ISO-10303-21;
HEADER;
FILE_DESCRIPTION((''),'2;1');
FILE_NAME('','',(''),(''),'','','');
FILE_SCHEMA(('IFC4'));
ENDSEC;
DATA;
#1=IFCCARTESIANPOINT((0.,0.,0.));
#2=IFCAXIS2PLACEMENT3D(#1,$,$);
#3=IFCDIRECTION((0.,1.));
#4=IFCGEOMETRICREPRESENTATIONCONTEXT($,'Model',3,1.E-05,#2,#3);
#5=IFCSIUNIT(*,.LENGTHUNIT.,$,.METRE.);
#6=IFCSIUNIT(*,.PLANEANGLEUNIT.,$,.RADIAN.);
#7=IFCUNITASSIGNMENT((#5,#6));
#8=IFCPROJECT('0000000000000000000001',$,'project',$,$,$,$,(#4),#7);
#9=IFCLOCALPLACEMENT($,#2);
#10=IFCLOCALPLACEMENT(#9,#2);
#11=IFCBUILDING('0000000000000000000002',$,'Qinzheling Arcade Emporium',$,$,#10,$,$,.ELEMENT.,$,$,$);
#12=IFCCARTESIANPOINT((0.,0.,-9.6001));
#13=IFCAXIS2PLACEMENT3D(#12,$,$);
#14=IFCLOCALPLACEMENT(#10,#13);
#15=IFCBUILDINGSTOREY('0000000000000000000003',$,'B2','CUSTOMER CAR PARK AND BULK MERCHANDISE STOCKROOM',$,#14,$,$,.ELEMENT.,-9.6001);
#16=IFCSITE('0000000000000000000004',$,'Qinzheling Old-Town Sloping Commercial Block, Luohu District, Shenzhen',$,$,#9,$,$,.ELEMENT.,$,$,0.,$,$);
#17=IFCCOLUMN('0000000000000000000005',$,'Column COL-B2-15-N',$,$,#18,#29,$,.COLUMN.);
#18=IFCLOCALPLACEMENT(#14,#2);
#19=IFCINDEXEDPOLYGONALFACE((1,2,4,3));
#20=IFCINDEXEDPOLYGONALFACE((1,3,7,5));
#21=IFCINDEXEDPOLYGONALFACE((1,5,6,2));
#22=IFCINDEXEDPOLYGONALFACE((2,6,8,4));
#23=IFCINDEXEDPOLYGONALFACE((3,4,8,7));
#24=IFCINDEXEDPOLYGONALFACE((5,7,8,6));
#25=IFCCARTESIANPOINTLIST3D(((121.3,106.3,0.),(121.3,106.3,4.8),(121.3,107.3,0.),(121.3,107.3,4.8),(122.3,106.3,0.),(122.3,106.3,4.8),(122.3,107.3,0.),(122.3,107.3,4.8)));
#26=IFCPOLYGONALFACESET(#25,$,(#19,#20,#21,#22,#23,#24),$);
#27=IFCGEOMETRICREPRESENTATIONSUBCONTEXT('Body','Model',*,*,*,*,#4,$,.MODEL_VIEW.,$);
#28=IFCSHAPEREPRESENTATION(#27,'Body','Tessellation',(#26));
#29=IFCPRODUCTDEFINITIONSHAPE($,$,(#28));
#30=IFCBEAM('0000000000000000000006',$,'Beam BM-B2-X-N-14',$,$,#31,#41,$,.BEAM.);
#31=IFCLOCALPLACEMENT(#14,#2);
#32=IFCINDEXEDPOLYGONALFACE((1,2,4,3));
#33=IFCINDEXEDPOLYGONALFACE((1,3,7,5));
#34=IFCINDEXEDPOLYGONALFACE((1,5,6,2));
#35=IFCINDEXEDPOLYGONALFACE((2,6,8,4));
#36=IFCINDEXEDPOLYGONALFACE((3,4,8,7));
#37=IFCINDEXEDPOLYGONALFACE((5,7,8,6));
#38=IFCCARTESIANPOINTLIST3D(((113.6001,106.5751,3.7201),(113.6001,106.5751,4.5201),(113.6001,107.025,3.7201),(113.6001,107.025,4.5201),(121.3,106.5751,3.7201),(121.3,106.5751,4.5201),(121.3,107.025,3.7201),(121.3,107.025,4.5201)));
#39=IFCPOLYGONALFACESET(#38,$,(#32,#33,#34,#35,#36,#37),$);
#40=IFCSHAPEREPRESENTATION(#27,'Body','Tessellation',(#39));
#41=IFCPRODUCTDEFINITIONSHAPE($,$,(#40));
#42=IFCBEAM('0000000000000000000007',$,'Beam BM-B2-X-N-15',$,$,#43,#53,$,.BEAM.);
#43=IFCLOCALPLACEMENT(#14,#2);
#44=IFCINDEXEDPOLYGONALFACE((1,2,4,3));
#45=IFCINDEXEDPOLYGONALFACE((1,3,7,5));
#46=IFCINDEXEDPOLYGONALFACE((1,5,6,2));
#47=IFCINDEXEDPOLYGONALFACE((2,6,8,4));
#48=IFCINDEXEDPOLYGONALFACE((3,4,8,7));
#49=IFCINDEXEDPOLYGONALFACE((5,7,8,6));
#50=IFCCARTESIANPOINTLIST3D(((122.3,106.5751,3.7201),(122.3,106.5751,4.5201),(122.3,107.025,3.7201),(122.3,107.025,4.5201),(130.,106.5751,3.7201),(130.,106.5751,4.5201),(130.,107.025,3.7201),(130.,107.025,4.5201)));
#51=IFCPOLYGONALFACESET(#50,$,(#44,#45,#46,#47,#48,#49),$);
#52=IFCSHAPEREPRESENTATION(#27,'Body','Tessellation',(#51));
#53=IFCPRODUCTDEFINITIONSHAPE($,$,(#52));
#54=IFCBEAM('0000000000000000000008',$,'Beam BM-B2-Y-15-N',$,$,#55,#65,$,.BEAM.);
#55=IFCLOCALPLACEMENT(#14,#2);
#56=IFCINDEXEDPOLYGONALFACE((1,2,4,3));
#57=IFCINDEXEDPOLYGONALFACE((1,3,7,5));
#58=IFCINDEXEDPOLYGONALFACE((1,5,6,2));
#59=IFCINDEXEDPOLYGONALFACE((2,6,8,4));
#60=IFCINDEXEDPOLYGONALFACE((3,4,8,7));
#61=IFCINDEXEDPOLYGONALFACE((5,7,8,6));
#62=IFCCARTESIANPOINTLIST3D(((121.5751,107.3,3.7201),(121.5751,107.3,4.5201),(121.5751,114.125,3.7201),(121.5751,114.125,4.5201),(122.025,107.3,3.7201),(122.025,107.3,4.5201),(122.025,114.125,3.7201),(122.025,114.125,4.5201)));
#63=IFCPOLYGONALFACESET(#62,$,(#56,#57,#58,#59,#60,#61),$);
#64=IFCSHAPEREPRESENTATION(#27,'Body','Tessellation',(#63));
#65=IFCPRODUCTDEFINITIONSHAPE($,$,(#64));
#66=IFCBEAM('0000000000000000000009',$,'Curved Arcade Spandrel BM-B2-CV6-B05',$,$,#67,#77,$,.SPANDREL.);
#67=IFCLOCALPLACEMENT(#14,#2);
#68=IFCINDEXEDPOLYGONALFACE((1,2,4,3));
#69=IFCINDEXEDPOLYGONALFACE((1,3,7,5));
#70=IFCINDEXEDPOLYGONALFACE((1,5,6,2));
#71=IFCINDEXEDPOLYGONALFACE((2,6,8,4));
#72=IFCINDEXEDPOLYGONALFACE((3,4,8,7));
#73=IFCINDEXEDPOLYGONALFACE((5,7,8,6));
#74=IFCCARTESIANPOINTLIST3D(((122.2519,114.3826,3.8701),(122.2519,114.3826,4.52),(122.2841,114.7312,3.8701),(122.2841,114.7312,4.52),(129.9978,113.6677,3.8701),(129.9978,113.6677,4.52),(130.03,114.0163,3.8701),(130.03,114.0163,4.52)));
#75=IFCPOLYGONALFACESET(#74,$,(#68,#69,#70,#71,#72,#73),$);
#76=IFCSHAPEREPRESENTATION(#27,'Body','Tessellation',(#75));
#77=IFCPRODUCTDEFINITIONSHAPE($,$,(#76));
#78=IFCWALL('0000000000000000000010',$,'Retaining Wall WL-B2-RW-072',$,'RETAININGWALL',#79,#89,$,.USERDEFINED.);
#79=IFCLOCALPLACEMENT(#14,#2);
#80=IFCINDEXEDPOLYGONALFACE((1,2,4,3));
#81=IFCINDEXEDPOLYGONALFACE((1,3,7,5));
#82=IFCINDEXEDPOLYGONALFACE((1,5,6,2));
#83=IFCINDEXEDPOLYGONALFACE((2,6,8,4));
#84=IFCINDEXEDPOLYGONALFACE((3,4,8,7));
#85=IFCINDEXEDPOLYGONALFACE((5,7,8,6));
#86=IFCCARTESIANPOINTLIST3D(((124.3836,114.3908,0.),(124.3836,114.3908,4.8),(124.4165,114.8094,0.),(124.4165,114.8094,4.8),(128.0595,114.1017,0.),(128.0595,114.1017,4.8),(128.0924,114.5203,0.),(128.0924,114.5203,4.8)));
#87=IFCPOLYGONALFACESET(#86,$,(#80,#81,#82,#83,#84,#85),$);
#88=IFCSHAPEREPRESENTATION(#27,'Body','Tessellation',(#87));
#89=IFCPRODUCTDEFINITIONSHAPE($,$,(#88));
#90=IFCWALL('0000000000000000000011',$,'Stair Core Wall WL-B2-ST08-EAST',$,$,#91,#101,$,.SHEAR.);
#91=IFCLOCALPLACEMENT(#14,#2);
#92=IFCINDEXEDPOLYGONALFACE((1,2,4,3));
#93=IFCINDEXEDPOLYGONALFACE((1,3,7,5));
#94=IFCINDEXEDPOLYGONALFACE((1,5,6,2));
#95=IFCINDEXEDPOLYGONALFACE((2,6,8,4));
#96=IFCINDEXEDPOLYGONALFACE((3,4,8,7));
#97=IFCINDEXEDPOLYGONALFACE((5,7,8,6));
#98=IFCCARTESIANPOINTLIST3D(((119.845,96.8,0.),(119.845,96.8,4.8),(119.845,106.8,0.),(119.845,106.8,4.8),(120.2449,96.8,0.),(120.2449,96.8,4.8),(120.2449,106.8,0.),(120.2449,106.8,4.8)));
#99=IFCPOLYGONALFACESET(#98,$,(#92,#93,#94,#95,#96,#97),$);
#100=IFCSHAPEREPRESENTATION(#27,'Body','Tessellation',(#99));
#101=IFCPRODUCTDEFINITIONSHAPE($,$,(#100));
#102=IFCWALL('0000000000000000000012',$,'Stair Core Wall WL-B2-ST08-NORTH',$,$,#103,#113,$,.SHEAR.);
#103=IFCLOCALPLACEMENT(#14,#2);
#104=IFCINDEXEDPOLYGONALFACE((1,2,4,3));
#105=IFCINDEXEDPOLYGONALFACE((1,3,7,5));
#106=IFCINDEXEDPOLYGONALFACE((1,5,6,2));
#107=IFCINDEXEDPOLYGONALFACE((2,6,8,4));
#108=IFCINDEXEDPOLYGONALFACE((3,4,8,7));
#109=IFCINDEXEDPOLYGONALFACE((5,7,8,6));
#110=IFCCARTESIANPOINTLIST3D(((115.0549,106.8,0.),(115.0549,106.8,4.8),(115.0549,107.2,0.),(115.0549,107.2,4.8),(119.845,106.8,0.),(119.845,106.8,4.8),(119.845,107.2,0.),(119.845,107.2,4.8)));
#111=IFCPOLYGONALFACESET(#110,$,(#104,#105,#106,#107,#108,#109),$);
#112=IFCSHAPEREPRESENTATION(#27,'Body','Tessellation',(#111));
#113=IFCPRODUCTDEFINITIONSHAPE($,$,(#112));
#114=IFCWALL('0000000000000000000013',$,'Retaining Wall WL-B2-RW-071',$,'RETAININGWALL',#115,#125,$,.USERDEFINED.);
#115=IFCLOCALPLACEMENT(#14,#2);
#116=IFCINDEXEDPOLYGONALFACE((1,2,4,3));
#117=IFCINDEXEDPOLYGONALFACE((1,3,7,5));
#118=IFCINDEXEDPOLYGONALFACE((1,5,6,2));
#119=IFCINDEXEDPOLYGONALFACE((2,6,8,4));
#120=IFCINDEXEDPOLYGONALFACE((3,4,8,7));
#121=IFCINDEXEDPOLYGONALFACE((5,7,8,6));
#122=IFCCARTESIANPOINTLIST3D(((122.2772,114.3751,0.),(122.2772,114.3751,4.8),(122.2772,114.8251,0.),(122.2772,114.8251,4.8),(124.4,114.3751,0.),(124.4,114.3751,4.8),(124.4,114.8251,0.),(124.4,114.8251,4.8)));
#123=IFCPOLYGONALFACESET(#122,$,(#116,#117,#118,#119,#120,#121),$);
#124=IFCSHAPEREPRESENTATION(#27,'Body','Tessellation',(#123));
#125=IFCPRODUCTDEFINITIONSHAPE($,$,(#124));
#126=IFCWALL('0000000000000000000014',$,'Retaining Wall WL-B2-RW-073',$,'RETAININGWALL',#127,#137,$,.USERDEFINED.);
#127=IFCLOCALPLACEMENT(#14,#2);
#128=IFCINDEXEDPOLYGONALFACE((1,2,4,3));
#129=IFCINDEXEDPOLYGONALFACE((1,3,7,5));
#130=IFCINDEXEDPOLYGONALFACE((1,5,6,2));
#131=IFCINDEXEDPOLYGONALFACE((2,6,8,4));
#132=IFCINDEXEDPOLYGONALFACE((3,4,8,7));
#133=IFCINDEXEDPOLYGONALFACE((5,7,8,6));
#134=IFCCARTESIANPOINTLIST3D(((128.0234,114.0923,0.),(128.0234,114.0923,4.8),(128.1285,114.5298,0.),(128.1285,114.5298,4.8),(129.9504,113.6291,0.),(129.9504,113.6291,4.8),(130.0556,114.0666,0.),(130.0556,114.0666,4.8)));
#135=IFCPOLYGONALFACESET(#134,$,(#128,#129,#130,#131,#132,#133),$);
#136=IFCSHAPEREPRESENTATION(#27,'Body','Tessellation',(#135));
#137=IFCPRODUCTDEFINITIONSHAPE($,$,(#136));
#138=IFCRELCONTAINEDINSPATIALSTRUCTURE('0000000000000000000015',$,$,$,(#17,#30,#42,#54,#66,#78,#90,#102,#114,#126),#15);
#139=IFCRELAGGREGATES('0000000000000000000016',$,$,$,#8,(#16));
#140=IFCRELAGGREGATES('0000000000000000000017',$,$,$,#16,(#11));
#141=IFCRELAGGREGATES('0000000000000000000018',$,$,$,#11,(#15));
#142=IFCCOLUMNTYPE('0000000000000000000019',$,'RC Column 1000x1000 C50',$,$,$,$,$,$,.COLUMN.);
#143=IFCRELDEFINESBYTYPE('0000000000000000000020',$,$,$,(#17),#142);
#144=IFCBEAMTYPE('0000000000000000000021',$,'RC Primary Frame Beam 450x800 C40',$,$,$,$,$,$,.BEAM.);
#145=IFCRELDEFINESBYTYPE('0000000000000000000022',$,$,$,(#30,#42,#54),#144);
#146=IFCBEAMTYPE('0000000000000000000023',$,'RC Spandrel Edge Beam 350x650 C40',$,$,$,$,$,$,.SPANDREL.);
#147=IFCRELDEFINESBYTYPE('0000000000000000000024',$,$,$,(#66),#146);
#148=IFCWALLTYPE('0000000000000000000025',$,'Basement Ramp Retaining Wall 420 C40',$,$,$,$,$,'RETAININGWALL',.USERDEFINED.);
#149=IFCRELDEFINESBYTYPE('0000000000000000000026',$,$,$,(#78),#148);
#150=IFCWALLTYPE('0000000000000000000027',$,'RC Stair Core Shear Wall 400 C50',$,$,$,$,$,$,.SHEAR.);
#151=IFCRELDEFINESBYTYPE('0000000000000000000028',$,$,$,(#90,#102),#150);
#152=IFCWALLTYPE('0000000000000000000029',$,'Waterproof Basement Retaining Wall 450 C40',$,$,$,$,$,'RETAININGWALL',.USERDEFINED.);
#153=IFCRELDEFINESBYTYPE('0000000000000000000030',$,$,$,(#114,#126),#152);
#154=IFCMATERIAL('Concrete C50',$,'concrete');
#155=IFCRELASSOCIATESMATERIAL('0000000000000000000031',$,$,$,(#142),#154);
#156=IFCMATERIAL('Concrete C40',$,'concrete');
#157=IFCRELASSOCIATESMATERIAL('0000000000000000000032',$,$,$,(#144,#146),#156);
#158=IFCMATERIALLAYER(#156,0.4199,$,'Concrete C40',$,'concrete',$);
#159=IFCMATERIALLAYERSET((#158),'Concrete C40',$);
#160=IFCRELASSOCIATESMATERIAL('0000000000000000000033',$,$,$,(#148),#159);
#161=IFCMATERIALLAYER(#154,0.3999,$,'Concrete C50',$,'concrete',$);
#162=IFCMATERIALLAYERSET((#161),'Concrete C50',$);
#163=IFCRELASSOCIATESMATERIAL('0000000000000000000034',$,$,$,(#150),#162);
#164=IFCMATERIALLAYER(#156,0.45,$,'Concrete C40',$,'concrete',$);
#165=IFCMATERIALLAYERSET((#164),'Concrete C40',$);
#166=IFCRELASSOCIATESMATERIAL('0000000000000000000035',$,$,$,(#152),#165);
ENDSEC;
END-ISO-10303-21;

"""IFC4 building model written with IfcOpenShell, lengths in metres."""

from ifc_helpers import new_model, si_unit, direction, frame, frame_2d, origin, origin_2d, place, context, subcontext, project, spatial, rectangle, extrude, material, layer, layer_set, material_profile, profile_set, type_object, element, save


model = new_model("IFC4")

# Units and contexts
model_context = context("Model", 3, precision=1e-05, world=origin(), true_north=direction((0.0, 1.0)))
body_context = subcontext(model_context, "Body", "Model", "MODEL_VIEW")
ifc_project = project(units=[si_unit("LENGTHUNIT", "METRE"), si_unit("PLANEANGLEUNIT", "RADIAN")], contexts=[model_context])

# Site, building, storey
site_placement = place(None, origin())
site = spatial("IfcSite", under=ifc_project, at=site_placement, Name="Qinzheling Old-Town Sloping Commercial Block, Luohu District, Shenzhen", CompositionType="ELEMENT", RefElevation=0.0)
building_placement = place(site_placement, origin())
building = spatial("IfcBuilding", under=site, at=building_placement, Name="Qinzheling Arcade Emporium", CompositionType="ELEMENT")
storey_placement = place(building_placement, frame((0.0, 0.0, -9.6001)))
storey = spatial("IfcBuildingStorey", under=building, at=storey_placement, Name="B2", Description="CUSTOMER CAR PARK AND BULK MERCHANDISE STOCKROOM", CompositionType="ELEMENT", Elevation=-9.6001)

# Shared definitions
ifc_material_1 = material(Name="Concrete C40", Category="concrete")

# Column
ifc_material_2 = material(Name="Concrete C50", Category="concrete")
ifc_material_profile_1 = material_profile(ifc_material_2, rectangle(XDim=1.0, YDim=1.0, at=origin_2d()), Name="RC 1000x1000", Category="concrete")
ifc_profile_set_1 = profile_set([ifc_material_profile_1], Name="Concrete C50")
column_type_1 = type_object("IfcColumnType", Name="RC Column 1000x1000 C50", PredefinedType="COLUMN", material=ifc_profile_set_1)
column_placement = place(storey_placement, frame((121.8, 106.8, 0.0), z_axis=(0.0, 0.0, 1.0), x_axis=(1.0, 0.0, 0.0)))
element("IfcColumn", 1, at=column_placement, inside=storey, type_object=column_type_1, Name="Column COL-B2-15-N", PredefinedType="COLUMN", context=body_context, shape_type="SweptSolid", body=[
    extrude(rectangle(XDim=1.0, YDim=1.0, at=origin_2d()), origin(), (0.0, 0.0, 1.0), 4.8),
])

# Beams
ifc_material_profile_2 = material_profile(ifc_material_1, rectangle(XDim=0.45, YDim=0.8, at=origin_2d()), Name="RC 450x800", Category="concrete")
ifc_profile_set_2 = profile_set([ifc_material_profile_2], Name="Concrete C40")
beam_type_1 = type_object("IfcBeamType", Name="RC Primary Frame Beam 450x800 C40", PredefinedType="BEAM", material=ifc_profile_set_2)
for number, where, z_axis, x_axis, name in (
    (2, (113.6001, 106.8, 4.1201), (1.0, 0.0, 0.0), (0.0, 1.0, 0.0), "Beam BM-B2-X-N-14"),
    (3, (122.3, 106.8, 4.1201), (1.0, 0.0, 0.0), (0.0, 1.0, 0.0), "Beam BM-B2-X-N-15"),
):
    element("IfcBeam", number, at=place(storey_placement, frame(where, z_axis=z_axis, x_axis=x_axis)), inside=storey, type_object=beam_type_1, Name=name, PredefinedType="BEAM", context=body_context, shape_type="SweptSolid", body=[
        extrude(rectangle(XDim=0.45, YDim=0.8, at=origin_2d()), origin(), (0.0, 0.0, 1.0), 7.7),
    ])
beam_1_placement = place(storey_placement, frame((121.8, 107.3, 4.1201), z_axis=(0.0, 1.0, 0.0), x_axis=(-1.0, 0.0, 0.0)))
element("IfcBeam", 4, at=beam_1_placement, inside=storey, type_object=beam_type_1, Name="Beam BM-B2-Y-15-N", PredefinedType="BEAM", context=body_context, shape_type="SweptSolid", body=[
    extrude(rectangle(XDim=0.45, YDim=0.8, at=origin_2d()), origin(), (0.0, 0.0, 1.0), 6.825),
])
ifc_material_profile_3 = material_profile(ifc_material_1, rectangle(XDim=0.3501, YDim=0.6499, at=origin_2d()), Name="RC 350x650", Category="concrete")
ifc_profile_set_3 = profile_set([ifc_material_profile_3], Name="Concrete C40")
beam_type_2 = type_object("IfcBeamType", Name="RC Spandrel Edge Beam 350x650 C40", PredefinedType="SPANDREL", material=ifc_profile_set_3)
beam_2_placement = place(storey_placement, frame((130.0139, 113.842, 4.1951), z_axis=(-0.995769, 0.091897, 0.0), x_axis=(-0.091897, -0.995769, 0.0)))
element("IfcBeam", 5, at=beam_2_placement, inside=storey, type_object=beam_type_2, Name="Curved Arcade Spandrel BM-B2-CV6-B05", PredefinedType="SPANDREL", context=body_context, shape_type="SweptSolid", body=[
    extrude(rectangle(XDim=0.3501, YDim=0.6499, at=origin_2d()), origin(), (0.0, 0.0, 1.0), 7.7788),
])

# Walls
ifc_layer_1 = layer(ifc_material_1, 0.4199, Name="Concrete C40", Category="concrete")
ifc_layer_set_1 = layer_set([ifc_layer_1], Name="Concrete C40")
wall_type_1 = type_object("IfcWallType", Name="Basement Ramp Retaining Wall 420 C40", ElementType="RETAININGWALL", PredefinedType="USERDEFINED", material=ifc_layer_set_1)
wall_1_placement = place(storey_placement, frame((124.3999, 114.6001, 0.0), z_axis=(0.0, 0.0, 1.0), x_axis=(0.996923, -0.078393, 0.0)))
element("IfcWall", 6, at=wall_1_placement, inside=storey, type_object=wall_type_1, Name="Retaining Wall WL-B2-RW-072", ObjectType="RETAININGWALL", PredefinedType="USERDEFINED", context=body_context, shape_type="SweptSolid", body=[
    extrude(rectangle(XDim=3.6873, YDim=0.4199, at=frame_2d((1.8438, 0.0))), origin(), (0.0, 0.0, 1.0), 4.8),
])
ifc_layer_2 = layer(ifc_material_2, 0.3999, Name="Concrete C50", Category="concrete")
ifc_layer_set_2 = layer_set([ifc_layer_2], Name="Concrete C50")
wall_type_2 = type_object("IfcWallType", Name="RC Stair Core Shear Wall 400 C50", PredefinedType="SHEAR", material=ifc_layer_set_2)
wall_2_placement = place(storey_placement, frame((120.0449, 106.8, 0.0), z_axis=(0.0, 0.0, 1.0), x_axis=(0.0, -1.0, 0.0)))
element("IfcWall", 7, at=wall_2_placement, inside=storey, type_object=wall_type_2, Name="Stair Core Wall WL-B2-ST08-EAST", PredefinedType="SHEAR", context=body_context, shape_type="SweptSolid", body=[
    extrude(rectangle(XDim=10.0, YDim=0.3999, at=frame_2d((5.0, 0.0))), origin(), (0.0, 0.0, 1.0), 4.8),
])
wall_3_placement = place(storey_placement, frame((115.0549, 107.0, 0.0), z_axis=(0.0, 0.0, 1.0), x_axis=(1.0, 0.0, 0.0)))
element("IfcWall", 8, at=wall_3_placement, inside=storey, type_object=wall_type_2, Name="Stair Core Wall WL-B2-ST08-NORTH", PredefinedType="SHEAR", context=body_context, shape_type="SweptSolid", body=[
    extrude(rectangle(XDim=4.79, YDim=0.3999, at=frame_2d((2.395, 0.0))), origin(), (0.0, 0.0, 1.0), 4.8),
])
ifc_layer_3 = layer(ifc_material_1, 0.45, Name="Concrete C40", Category="concrete")
ifc_layer_set_3 = layer_set([ifc_layer_3], Name="Concrete C40")
wall_type_3 = type_object("IfcWallType", Name="Waterproof Basement Retaining Wall 450 C40", ElementType="RETAININGWALL", PredefinedType="USERDEFINED", material=ifc_layer_set_3)
wall_4_placement = place(storey_placement, frame((122.2771, 114.6001, 0.0), z_axis=(0.0, 0.0, 1.0), x_axis=(1.0, 0.0, 0.0)))
element("IfcWall", 9, at=wall_4_placement, inside=storey, type_object=wall_type_3, Name="Retaining Wall WL-B2-RW-071", ObjectType="RETAININGWALL", PredefinedType="USERDEFINED", context=body_context, shape_type="SweptSolid", body=[
    extrude(rectangle(XDim=2.1228, YDim=0.45, at=frame_2d((1.0615, 0.0))), origin(), (0.0, 0.0, 1.0), 4.8),
])
wall_5_placement = place(storey_placement, frame((128.0759, 114.311, 0.0), z_axis=(0.0, 0.0, 1.0), x_axis=(0.972312, -0.233685, 0.0)))
element("IfcWall", 10, at=wall_5_placement, inside=storey, type_object=wall_type_3, Name="Retaining Wall WL-B2-RW-073", ObjectType="RETAININGWALL", PredefinedType="USERDEFINED", context=body_context, shape_type="SweptSolid", body=[
    extrude(rectangle(XDim=1.9819, YDim=0.45, at=frame_2d((0.991, 0.0))), origin(), (0.0, 0.0, 1.0), 4.8),
])

save(model, "model.ifc")
